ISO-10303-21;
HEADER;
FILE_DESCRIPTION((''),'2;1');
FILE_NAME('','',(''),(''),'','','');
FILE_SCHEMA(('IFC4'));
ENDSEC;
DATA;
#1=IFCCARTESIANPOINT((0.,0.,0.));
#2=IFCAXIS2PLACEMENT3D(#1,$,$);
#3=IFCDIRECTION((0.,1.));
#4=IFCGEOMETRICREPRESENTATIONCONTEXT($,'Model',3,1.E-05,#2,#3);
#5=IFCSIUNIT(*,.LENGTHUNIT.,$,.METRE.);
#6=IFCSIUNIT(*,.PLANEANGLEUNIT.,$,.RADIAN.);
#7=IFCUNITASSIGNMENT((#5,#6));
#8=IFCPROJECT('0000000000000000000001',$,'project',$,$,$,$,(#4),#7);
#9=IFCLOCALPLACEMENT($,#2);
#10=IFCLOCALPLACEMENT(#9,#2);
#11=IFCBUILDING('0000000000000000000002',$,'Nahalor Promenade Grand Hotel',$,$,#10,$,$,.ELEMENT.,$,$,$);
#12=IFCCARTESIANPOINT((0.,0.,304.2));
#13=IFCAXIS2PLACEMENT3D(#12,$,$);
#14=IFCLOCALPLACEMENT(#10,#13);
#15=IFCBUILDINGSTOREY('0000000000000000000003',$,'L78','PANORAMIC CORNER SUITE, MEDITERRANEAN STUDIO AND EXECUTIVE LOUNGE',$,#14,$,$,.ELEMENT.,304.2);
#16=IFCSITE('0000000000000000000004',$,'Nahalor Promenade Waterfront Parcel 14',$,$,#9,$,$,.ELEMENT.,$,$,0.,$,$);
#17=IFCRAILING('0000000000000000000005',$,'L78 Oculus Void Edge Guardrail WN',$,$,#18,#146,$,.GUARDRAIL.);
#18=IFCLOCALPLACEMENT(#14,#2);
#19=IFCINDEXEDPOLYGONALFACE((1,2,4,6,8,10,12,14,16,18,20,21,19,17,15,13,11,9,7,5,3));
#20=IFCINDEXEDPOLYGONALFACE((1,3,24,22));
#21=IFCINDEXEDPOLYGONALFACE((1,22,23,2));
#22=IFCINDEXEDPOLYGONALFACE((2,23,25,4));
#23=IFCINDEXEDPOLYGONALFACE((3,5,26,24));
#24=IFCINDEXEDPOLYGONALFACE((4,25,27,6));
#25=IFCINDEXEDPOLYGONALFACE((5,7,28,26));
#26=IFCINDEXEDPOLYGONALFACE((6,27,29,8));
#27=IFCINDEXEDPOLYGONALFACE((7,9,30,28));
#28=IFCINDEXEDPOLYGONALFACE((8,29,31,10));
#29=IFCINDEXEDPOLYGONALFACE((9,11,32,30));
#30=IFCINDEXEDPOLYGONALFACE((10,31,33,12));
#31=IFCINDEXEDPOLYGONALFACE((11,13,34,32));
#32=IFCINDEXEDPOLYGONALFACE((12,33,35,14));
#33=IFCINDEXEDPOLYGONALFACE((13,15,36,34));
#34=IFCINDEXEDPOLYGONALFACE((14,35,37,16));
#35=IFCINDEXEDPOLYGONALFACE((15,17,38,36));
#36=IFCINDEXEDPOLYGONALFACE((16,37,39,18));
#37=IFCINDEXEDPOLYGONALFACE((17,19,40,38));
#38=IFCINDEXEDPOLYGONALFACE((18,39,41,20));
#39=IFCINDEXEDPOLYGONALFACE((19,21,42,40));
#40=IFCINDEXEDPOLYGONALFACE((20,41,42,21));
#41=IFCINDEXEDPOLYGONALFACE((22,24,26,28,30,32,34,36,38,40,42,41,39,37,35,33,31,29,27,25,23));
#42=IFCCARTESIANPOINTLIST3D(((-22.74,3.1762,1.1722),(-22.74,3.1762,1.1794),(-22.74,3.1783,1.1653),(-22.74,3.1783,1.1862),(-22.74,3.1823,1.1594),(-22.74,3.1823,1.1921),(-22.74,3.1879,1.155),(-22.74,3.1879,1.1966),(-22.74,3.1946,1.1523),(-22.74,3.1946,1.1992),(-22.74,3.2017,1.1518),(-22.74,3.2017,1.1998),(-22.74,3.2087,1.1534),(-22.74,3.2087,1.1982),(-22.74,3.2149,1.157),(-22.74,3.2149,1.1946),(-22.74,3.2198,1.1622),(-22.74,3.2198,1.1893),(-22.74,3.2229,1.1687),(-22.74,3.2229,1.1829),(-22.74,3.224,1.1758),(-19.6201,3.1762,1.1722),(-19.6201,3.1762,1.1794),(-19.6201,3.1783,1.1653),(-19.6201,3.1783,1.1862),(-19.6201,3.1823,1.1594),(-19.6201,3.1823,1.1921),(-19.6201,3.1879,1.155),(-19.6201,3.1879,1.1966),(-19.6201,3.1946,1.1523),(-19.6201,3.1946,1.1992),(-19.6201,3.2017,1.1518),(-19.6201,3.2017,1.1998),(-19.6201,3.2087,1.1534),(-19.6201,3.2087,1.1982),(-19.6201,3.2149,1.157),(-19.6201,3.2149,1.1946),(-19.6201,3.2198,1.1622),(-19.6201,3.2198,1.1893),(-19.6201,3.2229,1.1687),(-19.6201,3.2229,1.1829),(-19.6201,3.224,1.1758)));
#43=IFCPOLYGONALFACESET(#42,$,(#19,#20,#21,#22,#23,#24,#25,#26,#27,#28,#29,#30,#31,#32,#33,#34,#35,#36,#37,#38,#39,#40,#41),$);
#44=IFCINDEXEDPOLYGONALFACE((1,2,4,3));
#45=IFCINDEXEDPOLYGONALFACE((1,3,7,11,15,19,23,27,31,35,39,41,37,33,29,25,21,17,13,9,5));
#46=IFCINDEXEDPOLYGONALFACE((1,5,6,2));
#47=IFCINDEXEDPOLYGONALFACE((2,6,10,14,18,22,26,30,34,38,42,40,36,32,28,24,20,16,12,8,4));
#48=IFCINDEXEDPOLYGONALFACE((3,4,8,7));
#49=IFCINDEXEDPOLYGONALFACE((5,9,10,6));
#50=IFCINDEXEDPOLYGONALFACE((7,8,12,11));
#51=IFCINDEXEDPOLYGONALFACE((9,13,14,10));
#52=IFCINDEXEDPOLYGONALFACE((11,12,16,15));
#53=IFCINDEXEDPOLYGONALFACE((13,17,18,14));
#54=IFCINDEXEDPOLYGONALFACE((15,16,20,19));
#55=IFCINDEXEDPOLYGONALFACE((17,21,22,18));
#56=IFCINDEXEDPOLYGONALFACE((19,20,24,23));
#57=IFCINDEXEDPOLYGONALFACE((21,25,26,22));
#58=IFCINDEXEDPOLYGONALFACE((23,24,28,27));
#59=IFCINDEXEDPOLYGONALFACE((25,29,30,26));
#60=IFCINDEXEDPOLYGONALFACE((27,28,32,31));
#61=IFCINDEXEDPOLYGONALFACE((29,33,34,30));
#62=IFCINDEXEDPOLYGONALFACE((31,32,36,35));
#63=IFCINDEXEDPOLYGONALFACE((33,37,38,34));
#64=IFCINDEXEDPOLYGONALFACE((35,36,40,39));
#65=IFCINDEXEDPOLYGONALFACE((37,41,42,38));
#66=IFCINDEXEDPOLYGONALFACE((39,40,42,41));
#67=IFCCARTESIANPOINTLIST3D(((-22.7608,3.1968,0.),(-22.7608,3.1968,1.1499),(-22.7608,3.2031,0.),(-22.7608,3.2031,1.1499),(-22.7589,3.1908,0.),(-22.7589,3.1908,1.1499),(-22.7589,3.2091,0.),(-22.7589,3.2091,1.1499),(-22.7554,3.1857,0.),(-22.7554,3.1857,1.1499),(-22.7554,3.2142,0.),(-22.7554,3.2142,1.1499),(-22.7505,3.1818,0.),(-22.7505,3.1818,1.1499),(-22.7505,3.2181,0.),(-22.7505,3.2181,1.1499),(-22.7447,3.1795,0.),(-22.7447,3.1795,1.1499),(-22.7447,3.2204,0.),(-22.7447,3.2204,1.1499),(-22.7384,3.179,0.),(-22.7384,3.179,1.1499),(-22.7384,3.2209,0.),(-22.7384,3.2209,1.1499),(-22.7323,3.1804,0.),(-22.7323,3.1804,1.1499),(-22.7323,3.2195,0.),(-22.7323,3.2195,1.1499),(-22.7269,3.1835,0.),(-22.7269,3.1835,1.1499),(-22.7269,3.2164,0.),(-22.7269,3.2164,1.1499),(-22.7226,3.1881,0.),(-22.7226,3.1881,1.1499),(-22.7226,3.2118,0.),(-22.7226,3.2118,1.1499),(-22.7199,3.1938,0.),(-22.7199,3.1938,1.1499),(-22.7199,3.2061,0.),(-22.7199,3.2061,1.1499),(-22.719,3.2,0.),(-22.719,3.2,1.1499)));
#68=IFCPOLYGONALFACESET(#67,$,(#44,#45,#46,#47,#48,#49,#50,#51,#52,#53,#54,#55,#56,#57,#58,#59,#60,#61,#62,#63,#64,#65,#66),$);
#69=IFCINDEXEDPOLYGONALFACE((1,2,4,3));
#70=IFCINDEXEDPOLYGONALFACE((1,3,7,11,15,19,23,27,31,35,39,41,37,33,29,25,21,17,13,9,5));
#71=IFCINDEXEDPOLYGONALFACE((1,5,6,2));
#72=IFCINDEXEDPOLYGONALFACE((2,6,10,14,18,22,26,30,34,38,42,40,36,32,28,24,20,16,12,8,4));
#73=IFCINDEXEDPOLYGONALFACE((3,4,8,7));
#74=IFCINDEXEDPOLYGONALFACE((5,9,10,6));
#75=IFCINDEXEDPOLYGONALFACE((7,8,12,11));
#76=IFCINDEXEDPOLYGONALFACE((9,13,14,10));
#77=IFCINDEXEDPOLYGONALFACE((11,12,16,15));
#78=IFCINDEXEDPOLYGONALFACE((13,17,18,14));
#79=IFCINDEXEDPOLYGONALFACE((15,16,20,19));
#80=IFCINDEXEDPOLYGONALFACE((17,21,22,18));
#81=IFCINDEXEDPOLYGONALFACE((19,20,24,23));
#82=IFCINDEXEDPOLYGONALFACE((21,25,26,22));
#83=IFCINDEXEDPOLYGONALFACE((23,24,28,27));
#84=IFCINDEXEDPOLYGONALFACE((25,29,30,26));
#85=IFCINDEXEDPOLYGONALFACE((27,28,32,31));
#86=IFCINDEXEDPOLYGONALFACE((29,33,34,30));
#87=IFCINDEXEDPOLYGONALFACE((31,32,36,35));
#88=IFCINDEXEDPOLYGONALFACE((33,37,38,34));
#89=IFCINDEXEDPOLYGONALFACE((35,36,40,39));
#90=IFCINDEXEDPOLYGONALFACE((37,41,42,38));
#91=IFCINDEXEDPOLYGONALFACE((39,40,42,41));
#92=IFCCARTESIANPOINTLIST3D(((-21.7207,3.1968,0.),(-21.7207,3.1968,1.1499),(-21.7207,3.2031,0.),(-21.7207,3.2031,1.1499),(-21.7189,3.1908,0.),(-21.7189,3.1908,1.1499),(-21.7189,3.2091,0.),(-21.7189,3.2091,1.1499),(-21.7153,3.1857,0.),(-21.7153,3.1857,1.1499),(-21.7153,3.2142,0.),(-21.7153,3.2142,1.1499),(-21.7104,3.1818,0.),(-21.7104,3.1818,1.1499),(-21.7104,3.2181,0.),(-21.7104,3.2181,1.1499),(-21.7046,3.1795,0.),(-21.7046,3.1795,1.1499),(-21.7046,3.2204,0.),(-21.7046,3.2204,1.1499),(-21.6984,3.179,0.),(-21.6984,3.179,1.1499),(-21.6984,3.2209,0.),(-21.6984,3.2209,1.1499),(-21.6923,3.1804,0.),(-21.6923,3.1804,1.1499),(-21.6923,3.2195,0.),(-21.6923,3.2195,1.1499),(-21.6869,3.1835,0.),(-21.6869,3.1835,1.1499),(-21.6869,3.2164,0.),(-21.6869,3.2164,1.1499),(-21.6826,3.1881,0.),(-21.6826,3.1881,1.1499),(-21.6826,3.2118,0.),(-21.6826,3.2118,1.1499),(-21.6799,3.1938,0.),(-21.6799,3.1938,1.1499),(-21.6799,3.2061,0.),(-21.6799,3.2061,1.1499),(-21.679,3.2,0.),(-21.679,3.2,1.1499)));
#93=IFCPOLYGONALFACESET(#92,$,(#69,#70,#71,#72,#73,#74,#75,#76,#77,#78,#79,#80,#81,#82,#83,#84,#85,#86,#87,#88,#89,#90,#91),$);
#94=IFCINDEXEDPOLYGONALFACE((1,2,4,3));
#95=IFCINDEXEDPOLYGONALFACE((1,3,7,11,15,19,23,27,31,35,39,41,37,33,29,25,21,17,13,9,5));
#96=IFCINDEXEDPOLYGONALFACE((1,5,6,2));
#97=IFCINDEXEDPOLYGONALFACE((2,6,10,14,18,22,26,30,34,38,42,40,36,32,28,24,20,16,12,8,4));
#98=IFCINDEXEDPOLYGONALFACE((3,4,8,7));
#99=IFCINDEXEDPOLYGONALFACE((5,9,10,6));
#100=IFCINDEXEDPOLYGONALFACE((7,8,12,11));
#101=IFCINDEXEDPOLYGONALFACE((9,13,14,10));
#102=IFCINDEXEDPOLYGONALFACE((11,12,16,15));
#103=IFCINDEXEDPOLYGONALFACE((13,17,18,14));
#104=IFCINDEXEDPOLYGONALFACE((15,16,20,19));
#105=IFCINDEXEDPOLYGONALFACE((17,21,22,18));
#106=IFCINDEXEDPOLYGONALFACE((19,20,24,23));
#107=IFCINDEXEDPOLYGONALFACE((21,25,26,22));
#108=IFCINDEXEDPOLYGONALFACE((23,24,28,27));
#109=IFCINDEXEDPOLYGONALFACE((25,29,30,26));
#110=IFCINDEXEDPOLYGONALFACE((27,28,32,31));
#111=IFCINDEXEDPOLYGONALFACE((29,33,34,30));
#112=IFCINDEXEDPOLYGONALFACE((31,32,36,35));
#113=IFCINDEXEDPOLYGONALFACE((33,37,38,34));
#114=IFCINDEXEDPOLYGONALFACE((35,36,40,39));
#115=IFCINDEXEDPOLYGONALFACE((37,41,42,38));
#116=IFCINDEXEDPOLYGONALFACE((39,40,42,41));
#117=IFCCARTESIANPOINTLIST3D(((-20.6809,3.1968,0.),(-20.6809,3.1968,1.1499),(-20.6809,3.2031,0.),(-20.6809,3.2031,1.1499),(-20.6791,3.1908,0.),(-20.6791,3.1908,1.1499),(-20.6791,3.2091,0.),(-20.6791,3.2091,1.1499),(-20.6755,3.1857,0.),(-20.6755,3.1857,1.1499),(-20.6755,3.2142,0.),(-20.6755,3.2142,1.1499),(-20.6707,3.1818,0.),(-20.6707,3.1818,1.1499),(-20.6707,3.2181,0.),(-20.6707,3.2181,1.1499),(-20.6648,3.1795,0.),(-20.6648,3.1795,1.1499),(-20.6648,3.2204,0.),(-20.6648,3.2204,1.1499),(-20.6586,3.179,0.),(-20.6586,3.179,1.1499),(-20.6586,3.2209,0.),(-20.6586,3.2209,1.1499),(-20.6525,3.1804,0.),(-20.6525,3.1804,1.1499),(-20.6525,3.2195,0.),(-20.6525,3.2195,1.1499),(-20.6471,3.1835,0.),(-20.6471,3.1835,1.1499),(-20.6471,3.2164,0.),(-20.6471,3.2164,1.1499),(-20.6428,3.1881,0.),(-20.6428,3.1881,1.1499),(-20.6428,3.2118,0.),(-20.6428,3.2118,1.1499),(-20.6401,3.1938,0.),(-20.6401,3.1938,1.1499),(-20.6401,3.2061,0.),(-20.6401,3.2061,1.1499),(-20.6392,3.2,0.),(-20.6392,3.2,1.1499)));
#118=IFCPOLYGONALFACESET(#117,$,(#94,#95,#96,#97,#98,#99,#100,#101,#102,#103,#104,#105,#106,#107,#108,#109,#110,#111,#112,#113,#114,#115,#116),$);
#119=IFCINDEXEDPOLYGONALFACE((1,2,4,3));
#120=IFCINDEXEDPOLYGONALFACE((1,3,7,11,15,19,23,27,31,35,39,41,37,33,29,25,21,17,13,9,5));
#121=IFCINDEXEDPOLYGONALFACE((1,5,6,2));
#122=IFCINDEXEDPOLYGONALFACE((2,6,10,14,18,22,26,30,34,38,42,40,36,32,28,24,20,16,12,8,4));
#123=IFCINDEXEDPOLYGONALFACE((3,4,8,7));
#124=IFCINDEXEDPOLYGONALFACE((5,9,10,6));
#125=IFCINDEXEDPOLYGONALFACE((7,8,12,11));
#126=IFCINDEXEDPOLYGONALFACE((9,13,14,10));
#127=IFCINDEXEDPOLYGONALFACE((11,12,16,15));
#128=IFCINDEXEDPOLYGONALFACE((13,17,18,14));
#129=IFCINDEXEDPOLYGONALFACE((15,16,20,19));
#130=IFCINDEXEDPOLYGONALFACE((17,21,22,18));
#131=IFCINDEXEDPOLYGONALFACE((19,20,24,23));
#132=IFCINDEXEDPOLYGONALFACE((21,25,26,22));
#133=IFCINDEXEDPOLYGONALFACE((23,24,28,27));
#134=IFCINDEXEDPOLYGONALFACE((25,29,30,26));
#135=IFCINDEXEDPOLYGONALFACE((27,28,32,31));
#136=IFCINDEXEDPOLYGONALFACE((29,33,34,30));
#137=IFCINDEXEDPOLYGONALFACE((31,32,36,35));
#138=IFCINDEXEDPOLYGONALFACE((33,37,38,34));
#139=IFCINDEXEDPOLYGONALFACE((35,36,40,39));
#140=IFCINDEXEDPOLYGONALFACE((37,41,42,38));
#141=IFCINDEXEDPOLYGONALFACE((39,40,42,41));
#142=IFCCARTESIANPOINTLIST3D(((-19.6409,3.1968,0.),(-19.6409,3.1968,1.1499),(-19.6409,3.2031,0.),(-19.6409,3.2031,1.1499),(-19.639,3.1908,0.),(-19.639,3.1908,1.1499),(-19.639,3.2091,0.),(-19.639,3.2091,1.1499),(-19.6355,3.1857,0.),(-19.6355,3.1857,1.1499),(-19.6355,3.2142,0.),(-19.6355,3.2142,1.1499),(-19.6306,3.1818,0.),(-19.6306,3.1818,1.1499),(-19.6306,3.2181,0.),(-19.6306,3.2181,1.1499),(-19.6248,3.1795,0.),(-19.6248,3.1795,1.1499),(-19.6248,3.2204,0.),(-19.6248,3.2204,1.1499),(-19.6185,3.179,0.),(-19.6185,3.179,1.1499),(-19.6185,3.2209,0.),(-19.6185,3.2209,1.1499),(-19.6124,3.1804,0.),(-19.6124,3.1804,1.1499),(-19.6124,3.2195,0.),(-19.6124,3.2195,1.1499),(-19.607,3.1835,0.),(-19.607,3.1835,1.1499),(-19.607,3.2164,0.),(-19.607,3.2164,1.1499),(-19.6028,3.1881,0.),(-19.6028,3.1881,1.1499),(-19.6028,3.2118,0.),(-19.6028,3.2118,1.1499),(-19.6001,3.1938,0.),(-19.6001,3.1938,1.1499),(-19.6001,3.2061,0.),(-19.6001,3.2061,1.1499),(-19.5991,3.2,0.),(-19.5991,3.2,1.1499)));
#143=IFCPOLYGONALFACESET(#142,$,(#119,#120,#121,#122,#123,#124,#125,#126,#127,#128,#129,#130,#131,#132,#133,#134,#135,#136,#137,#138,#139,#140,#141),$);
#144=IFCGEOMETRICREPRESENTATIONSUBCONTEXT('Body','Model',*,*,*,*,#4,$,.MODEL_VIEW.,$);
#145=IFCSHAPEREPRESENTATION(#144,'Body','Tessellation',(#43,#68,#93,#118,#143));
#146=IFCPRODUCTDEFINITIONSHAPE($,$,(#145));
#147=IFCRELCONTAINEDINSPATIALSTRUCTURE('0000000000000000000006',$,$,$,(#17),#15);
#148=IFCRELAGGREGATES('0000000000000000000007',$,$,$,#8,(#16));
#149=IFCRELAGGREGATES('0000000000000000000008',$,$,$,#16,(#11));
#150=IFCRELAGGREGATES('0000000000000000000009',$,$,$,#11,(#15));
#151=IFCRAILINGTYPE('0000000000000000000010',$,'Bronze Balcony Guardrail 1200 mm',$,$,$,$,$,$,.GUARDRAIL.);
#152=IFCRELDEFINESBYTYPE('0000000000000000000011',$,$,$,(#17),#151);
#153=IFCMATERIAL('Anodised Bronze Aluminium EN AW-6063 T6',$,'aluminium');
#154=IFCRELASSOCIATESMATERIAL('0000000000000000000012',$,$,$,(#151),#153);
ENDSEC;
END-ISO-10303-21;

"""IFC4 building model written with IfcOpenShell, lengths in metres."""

from ifc_helpers import new_model, si_unit, direction, frame, origin, origin_2d, place, context, subcontext, project, spatial, circle, extrude, material, type_object, element, save


model = new_model("IFC4")

# Units and contexts
model_context = context("Model", 3, precision=1e-05, world=origin(), true_north=direction((0.0, 1.0)))
body_context = subcontext(model_context, "Body", "Model", "MODEL_VIEW")
ifc_project = project(units=[si_unit("LENGTHUNIT", "METRE"), si_unit("PLANEANGLEUNIT", "RADIAN")], contexts=[model_context])

# Site, building, storey
site_placement = place(None, origin())
site = spatial("IfcSite", under=ifc_project, at=site_placement, Name="Nahalor Promenade Waterfront Parcel 14", CompositionType="ELEMENT", RefElevation=0.0)
building_placement = place(site_placement, origin())
building = spatial("IfcBuilding", under=site, at=building_placement, Name="Nahalor Promenade Grand Hotel", CompositionType="ELEMENT")
storey_placement = place(building_placement, frame((0.0, 0.0, 304.2)))
storey = spatial("IfcBuildingStorey", under=building, at=storey_placement, Name="L78", Description="PANORAMIC CORNER SUITE, MEDITERRANEAN STUDIO AND EXECUTIVE LOUNGE", CompositionType="ELEMENT", Elevation=304.2)

# Shared definitions
ifc_material_1 = material(Name="Anodised Bronze Aluminium EN AW-6063 T6", Category="aluminium")

# Railing
railing_type = type_object("IfcRailingType", Name="Bronze Balcony Guardrail 1200 mm", PredefinedType="GUARDRAIL", material=ifc_material_1)
railing_1_placement = place(storey_placement, frame((-22.74, 3.2, 0.0)))
element("IfcRailing", 1, at=railing_1_placement, inside=storey, type_object=railing_type, Name="L78 Oculus Void Edge Guardrail WN", PredefinedType="GUARDRAIL", context=body_context, shape_type="SweptSolid", body=[
    extrude(circle(Radius=0.024, at=origin_2d()), frame((0.0, 0.0, 1.1758), z_axis=(1.0, 0.0, 0.0), x_axis=(0.0, 1.0, 0.0)), (0.0, 0.0, 1.0), 3.1199),
    extrude(circle(Radius=0.021, at=origin_2d()), origin(), (0.0, 0.0, 1.0), 1.1499),
    extrude(circle(Radius=0.021, at=origin_2d()), frame((1.04, 0.0, 0.0)), (0.0, 0.0, 1.0), 1.1499),
    extrude(circle(Radius=0.021, at=origin_2d()), frame((2.0798, 0.0, 0.0)), (0.0, 0.0, 1.0), 1.1499),
    extrude(circle(Radius=0.021, at=origin_2d()), frame((3.1199, 0.0, 0.0)), (0.0, 0.0, 1.0), 1.1499),
])

save(model, "model.ifc")
